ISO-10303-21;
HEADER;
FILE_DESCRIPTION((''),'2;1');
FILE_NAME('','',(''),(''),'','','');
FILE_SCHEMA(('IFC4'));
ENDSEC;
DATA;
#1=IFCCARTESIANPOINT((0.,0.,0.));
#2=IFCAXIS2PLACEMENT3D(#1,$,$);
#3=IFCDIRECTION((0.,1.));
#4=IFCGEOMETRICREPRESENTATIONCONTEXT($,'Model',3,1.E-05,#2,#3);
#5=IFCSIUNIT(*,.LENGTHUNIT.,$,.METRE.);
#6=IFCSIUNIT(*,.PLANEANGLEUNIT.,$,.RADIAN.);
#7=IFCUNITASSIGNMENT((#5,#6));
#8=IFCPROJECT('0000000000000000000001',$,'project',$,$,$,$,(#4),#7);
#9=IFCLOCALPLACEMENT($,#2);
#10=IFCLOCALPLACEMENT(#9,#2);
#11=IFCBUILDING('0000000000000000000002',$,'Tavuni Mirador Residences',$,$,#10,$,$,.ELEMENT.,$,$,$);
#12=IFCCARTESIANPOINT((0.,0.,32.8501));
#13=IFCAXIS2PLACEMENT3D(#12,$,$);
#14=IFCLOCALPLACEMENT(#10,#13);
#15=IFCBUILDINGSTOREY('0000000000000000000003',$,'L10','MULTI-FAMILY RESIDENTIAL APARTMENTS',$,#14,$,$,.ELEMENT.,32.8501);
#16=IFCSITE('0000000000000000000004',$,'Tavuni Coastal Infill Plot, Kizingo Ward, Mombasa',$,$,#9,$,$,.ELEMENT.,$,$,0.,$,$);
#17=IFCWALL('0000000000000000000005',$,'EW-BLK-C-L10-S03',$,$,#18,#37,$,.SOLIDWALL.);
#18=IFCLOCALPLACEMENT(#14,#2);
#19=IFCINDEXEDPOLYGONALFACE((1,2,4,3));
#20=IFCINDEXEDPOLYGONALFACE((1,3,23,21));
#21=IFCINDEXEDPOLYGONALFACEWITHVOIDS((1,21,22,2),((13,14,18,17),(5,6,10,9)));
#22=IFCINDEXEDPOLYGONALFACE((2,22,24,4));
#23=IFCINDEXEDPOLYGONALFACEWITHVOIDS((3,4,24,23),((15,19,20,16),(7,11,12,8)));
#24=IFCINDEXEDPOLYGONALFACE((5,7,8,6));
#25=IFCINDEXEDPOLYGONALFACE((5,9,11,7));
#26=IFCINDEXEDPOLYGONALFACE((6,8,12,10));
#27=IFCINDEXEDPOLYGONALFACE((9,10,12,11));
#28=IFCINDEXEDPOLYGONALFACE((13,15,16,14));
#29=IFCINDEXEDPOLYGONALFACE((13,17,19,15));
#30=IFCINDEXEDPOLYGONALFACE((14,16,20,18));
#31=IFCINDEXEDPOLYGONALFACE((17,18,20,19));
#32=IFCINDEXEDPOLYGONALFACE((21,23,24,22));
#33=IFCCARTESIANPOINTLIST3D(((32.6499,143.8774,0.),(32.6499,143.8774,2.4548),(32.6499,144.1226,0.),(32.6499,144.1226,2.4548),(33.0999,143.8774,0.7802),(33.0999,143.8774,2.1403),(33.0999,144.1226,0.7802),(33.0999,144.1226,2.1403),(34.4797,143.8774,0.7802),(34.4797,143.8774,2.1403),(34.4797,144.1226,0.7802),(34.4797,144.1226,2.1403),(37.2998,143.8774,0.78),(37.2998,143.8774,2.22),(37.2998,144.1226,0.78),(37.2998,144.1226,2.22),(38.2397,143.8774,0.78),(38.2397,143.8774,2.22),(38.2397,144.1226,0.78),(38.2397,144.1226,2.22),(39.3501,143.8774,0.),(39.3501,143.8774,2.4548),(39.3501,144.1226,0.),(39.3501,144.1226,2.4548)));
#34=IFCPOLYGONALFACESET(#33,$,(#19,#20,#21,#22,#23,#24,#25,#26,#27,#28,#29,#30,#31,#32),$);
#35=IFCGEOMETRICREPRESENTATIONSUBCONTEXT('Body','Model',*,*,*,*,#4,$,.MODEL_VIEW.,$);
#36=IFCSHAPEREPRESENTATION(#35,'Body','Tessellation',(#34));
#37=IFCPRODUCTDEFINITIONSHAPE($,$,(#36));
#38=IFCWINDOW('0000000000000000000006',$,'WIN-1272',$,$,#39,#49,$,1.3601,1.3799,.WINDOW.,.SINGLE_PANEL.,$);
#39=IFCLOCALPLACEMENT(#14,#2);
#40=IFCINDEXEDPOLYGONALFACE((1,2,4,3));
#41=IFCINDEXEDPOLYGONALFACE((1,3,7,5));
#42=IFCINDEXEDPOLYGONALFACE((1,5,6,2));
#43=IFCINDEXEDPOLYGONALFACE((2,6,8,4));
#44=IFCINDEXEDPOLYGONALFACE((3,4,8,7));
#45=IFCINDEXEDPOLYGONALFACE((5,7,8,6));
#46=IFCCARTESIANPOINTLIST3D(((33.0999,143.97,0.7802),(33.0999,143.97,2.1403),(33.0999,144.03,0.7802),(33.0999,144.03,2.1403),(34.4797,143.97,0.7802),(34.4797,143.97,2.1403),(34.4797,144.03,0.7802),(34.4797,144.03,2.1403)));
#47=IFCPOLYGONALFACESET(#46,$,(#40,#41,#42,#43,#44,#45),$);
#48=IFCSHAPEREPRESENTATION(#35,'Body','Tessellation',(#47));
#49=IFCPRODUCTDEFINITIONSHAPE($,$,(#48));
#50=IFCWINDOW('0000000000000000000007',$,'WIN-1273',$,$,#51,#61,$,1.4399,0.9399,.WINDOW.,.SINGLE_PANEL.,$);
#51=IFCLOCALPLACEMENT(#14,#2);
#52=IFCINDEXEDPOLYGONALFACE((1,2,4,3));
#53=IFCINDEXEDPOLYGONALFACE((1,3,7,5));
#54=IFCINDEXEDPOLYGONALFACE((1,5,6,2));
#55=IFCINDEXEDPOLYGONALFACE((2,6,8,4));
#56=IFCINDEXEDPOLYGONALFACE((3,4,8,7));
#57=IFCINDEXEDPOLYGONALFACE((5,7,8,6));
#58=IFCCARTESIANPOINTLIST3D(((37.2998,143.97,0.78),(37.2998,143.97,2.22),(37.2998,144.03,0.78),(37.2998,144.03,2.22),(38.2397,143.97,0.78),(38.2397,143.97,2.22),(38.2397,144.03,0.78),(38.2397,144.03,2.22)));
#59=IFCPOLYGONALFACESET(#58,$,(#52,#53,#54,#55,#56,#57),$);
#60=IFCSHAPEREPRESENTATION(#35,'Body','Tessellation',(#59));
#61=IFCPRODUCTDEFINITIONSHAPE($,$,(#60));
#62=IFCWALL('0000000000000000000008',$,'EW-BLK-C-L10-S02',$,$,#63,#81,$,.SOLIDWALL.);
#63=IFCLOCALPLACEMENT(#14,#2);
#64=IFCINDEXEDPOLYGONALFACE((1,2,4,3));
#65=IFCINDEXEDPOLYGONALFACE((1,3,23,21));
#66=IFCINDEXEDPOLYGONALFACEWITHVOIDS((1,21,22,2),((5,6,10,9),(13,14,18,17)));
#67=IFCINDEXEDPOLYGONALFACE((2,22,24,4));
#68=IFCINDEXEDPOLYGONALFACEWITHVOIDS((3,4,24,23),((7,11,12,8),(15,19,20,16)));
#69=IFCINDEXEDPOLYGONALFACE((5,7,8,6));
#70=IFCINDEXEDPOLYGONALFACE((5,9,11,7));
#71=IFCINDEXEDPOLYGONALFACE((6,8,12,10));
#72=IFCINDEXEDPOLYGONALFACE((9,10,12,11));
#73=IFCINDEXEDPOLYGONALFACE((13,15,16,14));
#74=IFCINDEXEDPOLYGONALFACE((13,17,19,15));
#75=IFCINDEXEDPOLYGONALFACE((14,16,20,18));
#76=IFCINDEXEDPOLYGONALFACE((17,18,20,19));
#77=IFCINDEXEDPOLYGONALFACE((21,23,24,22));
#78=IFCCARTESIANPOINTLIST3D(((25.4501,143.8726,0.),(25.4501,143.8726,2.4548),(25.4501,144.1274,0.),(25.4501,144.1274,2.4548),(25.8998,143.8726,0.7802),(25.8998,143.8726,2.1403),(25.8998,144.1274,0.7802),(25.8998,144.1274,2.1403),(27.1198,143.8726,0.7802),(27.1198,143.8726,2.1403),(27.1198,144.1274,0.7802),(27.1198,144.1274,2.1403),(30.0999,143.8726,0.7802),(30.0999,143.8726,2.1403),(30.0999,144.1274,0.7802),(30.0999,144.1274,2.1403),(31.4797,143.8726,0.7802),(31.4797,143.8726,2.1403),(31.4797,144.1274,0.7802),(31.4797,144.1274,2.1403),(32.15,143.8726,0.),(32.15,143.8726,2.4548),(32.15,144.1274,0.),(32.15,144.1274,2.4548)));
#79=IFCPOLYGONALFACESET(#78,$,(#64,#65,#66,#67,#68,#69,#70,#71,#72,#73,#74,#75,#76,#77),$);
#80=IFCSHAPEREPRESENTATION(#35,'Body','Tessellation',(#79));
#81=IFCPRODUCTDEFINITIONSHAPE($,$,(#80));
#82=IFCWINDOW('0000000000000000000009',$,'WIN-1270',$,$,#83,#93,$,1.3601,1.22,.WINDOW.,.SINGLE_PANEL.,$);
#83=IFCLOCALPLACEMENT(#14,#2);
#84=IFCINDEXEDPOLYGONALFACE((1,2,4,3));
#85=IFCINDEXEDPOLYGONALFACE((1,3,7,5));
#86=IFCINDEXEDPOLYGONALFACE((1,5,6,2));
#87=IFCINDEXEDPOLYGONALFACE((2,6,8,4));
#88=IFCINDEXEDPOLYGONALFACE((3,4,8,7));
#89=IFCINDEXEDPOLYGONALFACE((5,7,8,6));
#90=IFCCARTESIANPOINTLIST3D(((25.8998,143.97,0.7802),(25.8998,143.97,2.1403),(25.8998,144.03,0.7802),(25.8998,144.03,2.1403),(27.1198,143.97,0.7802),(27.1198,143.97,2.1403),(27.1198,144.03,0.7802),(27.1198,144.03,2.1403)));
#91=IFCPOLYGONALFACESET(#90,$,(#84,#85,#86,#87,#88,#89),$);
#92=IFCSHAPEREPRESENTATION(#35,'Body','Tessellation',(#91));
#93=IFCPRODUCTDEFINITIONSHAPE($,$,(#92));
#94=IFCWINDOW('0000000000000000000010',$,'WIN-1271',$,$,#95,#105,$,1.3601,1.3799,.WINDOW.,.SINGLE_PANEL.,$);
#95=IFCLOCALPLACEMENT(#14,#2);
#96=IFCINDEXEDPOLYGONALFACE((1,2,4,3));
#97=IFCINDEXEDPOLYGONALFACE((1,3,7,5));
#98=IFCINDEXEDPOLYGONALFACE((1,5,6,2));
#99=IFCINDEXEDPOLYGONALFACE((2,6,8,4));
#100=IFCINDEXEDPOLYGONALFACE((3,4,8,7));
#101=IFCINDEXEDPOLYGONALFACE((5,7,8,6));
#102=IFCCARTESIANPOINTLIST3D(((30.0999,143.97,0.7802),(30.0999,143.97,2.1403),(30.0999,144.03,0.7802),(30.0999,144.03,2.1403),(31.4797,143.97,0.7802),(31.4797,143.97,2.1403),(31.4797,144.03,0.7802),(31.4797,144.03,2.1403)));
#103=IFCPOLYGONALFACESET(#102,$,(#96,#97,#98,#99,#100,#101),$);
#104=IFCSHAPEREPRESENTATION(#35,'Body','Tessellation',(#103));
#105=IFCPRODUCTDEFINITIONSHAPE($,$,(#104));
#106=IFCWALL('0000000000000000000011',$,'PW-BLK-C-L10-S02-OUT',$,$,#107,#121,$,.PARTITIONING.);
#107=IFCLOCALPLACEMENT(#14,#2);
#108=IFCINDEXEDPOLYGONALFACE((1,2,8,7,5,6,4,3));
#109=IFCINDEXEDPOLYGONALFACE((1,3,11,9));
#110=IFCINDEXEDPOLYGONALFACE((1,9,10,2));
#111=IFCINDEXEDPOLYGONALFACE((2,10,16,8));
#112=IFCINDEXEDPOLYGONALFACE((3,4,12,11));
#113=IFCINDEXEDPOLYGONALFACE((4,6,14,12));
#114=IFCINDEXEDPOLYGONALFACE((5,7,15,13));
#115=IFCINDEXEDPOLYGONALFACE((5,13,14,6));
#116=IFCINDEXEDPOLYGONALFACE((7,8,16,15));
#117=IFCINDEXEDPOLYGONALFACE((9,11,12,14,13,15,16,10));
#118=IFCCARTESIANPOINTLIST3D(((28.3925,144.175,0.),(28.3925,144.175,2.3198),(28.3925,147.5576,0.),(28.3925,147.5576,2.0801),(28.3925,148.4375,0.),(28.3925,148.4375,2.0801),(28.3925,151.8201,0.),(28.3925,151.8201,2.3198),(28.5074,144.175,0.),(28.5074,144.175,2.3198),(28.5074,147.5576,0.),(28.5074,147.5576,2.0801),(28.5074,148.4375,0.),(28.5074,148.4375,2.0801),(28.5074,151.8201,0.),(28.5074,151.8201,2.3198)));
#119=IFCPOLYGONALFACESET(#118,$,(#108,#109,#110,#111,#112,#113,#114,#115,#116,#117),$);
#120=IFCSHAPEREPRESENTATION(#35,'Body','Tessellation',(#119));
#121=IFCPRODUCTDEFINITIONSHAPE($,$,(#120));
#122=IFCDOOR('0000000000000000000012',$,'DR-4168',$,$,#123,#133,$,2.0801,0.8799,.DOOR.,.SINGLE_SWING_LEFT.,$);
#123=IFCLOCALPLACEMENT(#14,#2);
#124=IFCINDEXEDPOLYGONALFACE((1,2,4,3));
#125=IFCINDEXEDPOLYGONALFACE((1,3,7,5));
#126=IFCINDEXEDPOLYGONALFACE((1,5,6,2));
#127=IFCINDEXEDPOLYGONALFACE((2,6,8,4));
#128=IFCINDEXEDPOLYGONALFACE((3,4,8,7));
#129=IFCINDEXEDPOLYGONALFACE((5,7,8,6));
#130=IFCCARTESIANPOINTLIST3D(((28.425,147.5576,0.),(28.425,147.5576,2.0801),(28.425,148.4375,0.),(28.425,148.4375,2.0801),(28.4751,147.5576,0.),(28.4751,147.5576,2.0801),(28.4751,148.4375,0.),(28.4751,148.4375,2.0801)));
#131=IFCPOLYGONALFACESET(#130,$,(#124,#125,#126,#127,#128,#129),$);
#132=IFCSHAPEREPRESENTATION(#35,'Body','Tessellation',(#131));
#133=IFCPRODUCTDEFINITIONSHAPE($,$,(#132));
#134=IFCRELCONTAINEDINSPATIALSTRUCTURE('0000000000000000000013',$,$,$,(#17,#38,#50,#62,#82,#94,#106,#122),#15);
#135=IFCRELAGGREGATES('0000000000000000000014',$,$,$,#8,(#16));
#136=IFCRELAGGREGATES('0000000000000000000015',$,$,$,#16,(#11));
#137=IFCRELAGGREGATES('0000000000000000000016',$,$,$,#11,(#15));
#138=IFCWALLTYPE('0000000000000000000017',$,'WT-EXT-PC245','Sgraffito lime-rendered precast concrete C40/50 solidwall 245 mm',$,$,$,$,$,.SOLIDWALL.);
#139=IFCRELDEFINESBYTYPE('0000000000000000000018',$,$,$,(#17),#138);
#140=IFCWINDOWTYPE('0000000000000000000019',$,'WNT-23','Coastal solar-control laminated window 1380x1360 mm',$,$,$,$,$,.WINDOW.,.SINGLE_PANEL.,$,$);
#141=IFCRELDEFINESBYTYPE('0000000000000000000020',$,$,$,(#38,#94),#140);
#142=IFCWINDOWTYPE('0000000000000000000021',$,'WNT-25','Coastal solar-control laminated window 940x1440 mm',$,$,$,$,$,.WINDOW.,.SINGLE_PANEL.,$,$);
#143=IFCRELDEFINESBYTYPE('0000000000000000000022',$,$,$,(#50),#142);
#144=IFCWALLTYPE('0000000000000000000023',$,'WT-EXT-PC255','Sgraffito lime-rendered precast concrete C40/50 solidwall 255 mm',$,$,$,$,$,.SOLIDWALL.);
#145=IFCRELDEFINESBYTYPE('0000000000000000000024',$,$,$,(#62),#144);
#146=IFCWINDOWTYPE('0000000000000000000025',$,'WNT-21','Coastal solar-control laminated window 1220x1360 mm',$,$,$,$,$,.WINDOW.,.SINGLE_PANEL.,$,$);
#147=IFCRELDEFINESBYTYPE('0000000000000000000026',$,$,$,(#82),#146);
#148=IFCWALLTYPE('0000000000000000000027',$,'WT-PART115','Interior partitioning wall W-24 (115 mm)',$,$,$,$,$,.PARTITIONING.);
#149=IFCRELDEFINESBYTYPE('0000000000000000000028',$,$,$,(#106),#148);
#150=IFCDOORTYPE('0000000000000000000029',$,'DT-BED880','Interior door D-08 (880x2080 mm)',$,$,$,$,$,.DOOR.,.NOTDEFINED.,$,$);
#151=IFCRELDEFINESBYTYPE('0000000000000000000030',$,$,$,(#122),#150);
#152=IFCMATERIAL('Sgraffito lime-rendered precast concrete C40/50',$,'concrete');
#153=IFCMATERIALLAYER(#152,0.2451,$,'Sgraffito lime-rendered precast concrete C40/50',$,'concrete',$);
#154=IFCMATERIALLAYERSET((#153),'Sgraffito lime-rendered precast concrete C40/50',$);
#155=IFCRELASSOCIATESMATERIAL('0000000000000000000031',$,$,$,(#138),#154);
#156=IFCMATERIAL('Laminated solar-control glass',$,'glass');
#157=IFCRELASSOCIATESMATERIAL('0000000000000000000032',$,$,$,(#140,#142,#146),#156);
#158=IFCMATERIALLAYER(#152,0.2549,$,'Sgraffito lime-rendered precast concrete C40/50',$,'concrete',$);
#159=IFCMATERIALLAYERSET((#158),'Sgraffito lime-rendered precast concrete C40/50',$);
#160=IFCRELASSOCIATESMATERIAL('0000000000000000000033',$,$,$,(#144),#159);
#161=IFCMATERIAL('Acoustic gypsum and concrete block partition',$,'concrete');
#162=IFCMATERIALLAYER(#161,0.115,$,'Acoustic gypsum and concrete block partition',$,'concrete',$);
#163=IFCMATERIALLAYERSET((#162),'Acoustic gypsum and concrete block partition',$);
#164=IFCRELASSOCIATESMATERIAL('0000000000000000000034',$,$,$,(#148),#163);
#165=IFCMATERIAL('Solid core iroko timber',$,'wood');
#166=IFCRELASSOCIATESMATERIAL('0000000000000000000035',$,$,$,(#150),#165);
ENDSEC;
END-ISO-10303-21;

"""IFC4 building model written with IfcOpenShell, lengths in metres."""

from ifc_helpers import new_model, si_unit, direction, frame, frame_2d, origin, place, context, subcontext, project, spatial, rectangle, extrude, material, layer, layer_set, type_object, element, fill, save


model = new_model("IFC4")

# Units and contexts
model_context = context("Model", 3, precision=1e-05, world=origin(), true_north=direction((0.0, 1.0)))
body_context = subcontext(model_context, "Body", "Model", "MODEL_VIEW")
ifc_project = project(units=[si_unit("LENGTHUNIT", "METRE"), si_unit("PLANEANGLEUNIT", "RADIAN")], contexts=[model_context])

# Site, building, storey
site_placement = place(None, origin())
site = spatial("IfcSite", under=ifc_project, at=site_placement, Name="Tavuni Coastal Infill Plot, Kizingo Ward, Mombasa", CompositionType="ELEMENT", RefElevation=0.0)
building_placement = place(site_placement, origin())
building = spatial("IfcBuilding", under=site, at=building_placement, Name="Tavuni Mirador Residences", CompositionType="ELEMENT")
storey_placement = place(building_placement, frame((0.0, 0.0, 32.8501)))
storey = spatial("IfcBuildingStorey", under=building, at=storey_placement, Name="L10", Description="MULTI-FAMILY RESIDENTIAL APARTMENTS", CompositionType="ELEMENT", Elevation=32.8501)

# Walls, openings, windows
ifc_material_1 = material(Name="Sgraffito lime-rendered precast concrete C40/50", Category="concrete")
ifc_layer_1 = layer(ifc_material_1, 0.2451, Name="Sgraffito lime-rendered precast concrete C40/50", Category="concrete")
ifc_layer_set_1 = layer_set([ifc_layer_1], Name="Sgraffito lime-rendered precast concrete C40/50")
wall_type_1 = type_object("IfcWallType", Name="WT-EXT-PC245", Description="Sgraffito lime-rendered precast concrete C40/50 solidwall 245 mm", PredefinedType="SOLIDWALL", material=ifc_layer_set_1)
wall_1_placement = place(storey_placement, frame((32.6499, 144.0, 0.0), z_axis=(0.0, 0.0, 1.0), x_axis=(1.0, 0.0, 0.0)))
wall_1 = element("IfcWall", 1, at=wall_1_placement, inside=storey, type_object=wall_type_1, Name="EW-BLK-C-L10-S03", PredefinedType="SOLIDWALL", context=body_context, shape_type="SweptSolid", body=[
    extrude(rectangle(XDim=6.7002, YDim=0.2451, at=frame_2d((3.3501, 0.0))), origin(), (0.0, 0.0, 1.0), 2.4548),
])
opening_1_placement = place(wall_1_placement, frame((0.45, 0.0, 0.78)))
opening_1 = element("IfcOpeningElement", 2, at=opening_1_placement, cuts=wall_1, PredefinedType="OPENING", context=body_context, shape_type="SweptSolid", body=[
    extrude(rectangle(XDim=1.3799, YDim=1.3601, at=frame_2d((0.6899, 0.6802))), frame((0.0, 0.1326, 0.0), z_axis=(0.0, -1.0, 0.0), x_axis=(1.0, 0.0, 0.0)), (0.0, 0.0, 1.0), 0.2651),
])
opening_2_placement = place(wall_1_placement, frame((4.6499, 0.0, 0.78)))
opening_2 = element("IfcOpeningElement", 3, at=opening_2_placement, cuts=wall_1, PredefinedType="OPENING", context=body_context, shape_type="SweptSolid", body=[
    extrude(rectangle(XDim=0.9399, YDim=1.4399, at=frame_2d((0.47, 0.72))), frame((0.0, 0.1326, 0.0), z_axis=(0.0, -1.0, 0.0), x_axis=(1.0, 0.0, 0.0)), (0.0, 0.0, 1.0), 0.2651),
])
ifc_material_2 = material(Name="Laminated solar-control glass", Category="glass")
window_type_1 = type_object("IfcWindowType", Name="WNT-23", Description="Coastal solar-control laminated window 1380x1360 mm", PartitioningType="SINGLE_PANEL", PredefinedType="WINDOW", material=ifc_material_2)
window_1_placement = place(opening_1_placement, origin())
window_1 = element("IfcWindow", 4, at=window_1_placement, inside=storey, type_object=window_type_1, Name="WIN-1272", OverallHeight=1.3601, OverallWidth=1.3799, PartitioningType="SINGLE_PANEL", PredefinedType="WINDOW", context=body_context, shape_type="SweptSolid", body=[
    extrude(rectangle(XDim=1.3799, YDim=1.3601, at=frame_2d((0.6899, 0.6802))), frame((0.0, 0.03, 0.0), z_axis=(0.0, -1.0, 0.0), x_axis=(1.0, 0.0, 0.0)), (0.0, 0.0, 1.0), 0.0601),
])
fill(opening_1, window_1)
window_type_2 = type_object("IfcWindowType", Name="WNT-25", Description="Coastal solar-control laminated window 940x1440 mm", PartitioningType="SINGLE_PANEL", PredefinedType="WINDOW", material=ifc_material_2)
window_2_placement = place(opening_2_placement, origin())
window_2 = element("IfcWindow", 5, at=window_2_placement, inside=storey, type_object=window_type_2, Name="WIN-1273", OverallHeight=1.4399, OverallWidth=0.9399, PartitioningType="SINGLE_PANEL", PredefinedType="WINDOW", context=body_context, shape_type="SweptSolid", body=[
    extrude(rectangle(XDim=0.9399, YDim=1.4399, at=frame_2d((0.47, 0.72))), frame((0.0, 0.03, 0.0), z_axis=(0.0, -1.0, 0.0), x_axis=(1.0, 0.0, 0.0)), (0.0, 0.0, 1.0), 0.0601),
])
fill(opening_2, window_2)
ifc_layer_2 = layer(ifc_material_1, 0.2549, Name="Sgraffito lime-rendered precast concrete C40/50", Category="concrete")
ifc_layer_set_2 = layer_set([ifc_layer_2], Name="Sgraffito lime-rendered precast concrete C40/50")
wall_type_2 = type_object("IfcWallType", Name="WT-EXT-PC255", Description="Sgraffito lime-rendered precast concrete C40/50 solidwall 255 mm", PredefinedType="SOLIDWALL", material=ifc_layer_set_2)
wall_2_placement = place(storey_placement, frame((25.45, 144.0, 0.0), z_axis=(0.0, 0.0, 1.0), x_axis=(1.0, 0.0, 0.0)))
wall_2 = element("IfcWall", 6, at=wall_2_placement, inside=storey, type_object=wall_type_2, Name="EW-BLK-C-L10-S02", PredefinedType="SOLIDWALL", context=body_context, shape_type="SweptSolid", body=[
    extrude(rectangle(XDim=6.7, YDim=0.2549, at=frame_2d((3.3501, 0.0))), origin(), (0.0, 0.0, 1.0), 2.4548),
])
opening_3_placement = place(wall_2_placement, frame((0.45, 0.0, 0.78)))
opening_3 = element("IfcOpeningElement", 7, at=opening_3_placement, cuts=wall_2, PredefinedType="OPENING", context=body_context, shape_type="SweptSolid", body=[
    extrude(rectangle(XDim=1.22, YDim=1.3601, at=frame_2d((0.6099, 0.6802))), frame((0.0, 0.1375, 0.0), z_axis=(0.0, -1.0, 0.0), x_axis=(1.0, 0.0, 0.0)), (0.0, 0.0, 1.0), 0.2749),
])
opening_4_placement = place(wall_2_placement, frame((4.6499, 0.0, 0.78)))
opening_4 = element("IfcOpeningElement", 8, at=opening_4_placement, cuts=wall_2, PredefinedType="OPENING", context=body_context, shape_type="SweptSolid", body=[
    extrude(rectangle(XDim=1.3799, YDim=1.3601, at=frame_2d((0.6899, 0.6802))), frame((0.0, 0.1375, 0.0), z_axis=(0.0, -1.0, 0.0), x_axis=(1.0, 0.0, 0.0)), (0.0, 0.0, 1.0), 0.2749),
])
window_type_3 = type_object("IfcWindowType", Name="WNT-21", Description="Coastal solar-control laminated window 1220x1360 mm", PartitioningType="SINGLE_PANEL", PredefinedType="WINDOW", material=ifc_material_2)
window_3_placement = place(opening_3_placement, origin())
window_3 = element("IfcWindow", 9, at=window_3_placement, inside=storey, type_object=window_type_3, Name="WIN-1270", OverallHeight=1.3601, OverallWidth=1.22, PartitioningType="SINGLE_PANEL", PredefinedType="WINDOW", context=body_context, shape_type="SweptSolid", body=[
    extrude(rectangle(XDim=1.22, YDim=1.3601, at=frame_2d((0.6099, 0.6802))), frame((0.0, 0.03, 0.0), z_axis=(0.0, -1.0, 0.0), x_axis=(1.0, 0.0, 0.0)), (0.0, 0.0, 1.0), 0.0601),
])
fill(opening_3, window_3)
window_4_placement = place(opening_4_placement, origin())
window_4 = element("IfcWindow", 10, at=window_4_placement, inside=storey, type_object=window_type_1, Name="WIN-1271", OverallHeight=1.3601, OverallWidth=1.3799, PartitioningType="SINGLE_PANEL", PredefinedType="WINDOW", context=body_context, shape_type="SweptSolid", body=[
    extrude(rectangle(XDim=1.3799, YDim=1.3601, at=frame_2d((0.6899, 0.6802))), frame((0.0, 0.03, 0.0), z_axis=(0.0, -1.0, 0.0), x_axis=(1.0, 0.0, 0.0)), (0.0, 0.0, 1.0), 0.0601),
])
fill(opening_4, window_4)

# Wall, opening, door
ifc_material_3 = material(Name="Acoustic gypsum and concrete block partition", Category="concrete")
ifc_layer_3 = layer(ifc_material_3, 0.115, Name="Acoustic gypsum and concrete block partition", Category="concrete")
ifc_layer_set_3 = layer_set([ifc_layer_3], Name="Acoustic gypsum and concrete block partition")
wall_type_3 = type_object("IfcWallType", Name="WT-PART115", Description="Interior partitioning wall W-24 (115 mm)", PredefinedType="PARTITIONING", material=ifc_layer_set_3)
wall_3_placement = place(storey_placement, frame((28.45, 144.175, 0.0), z_axis=(0.0, 0.0, 1.0), x_axis=(0.0, 1.0, 0.0)))
wall_3 = element("IfcWall", 11, at=wall_3_placement, inside=storey, type_object=wall_type_3, Name="PW-BLK-C-L10-S02-OUT", PredefinedType="PARTITIONING", context=body_context, shape_type="SweptSolid", body=[
    extrude(rectangle(XDim=7.645, YDim=0.115, at=frame_2d((3.8225, 0.0))), origin(), (0.0, 0.0, 1.0), 2.3198),
])
opening_5_placement = place(wall_3_placement, frame((3.3826, 0.0, 0.0)))
opening_5 = element("IfcOpeningElement", 12, at=opening_5_placement, cuts=wall_3, PredefinedType="OPENING", context=body_context, shape_type="SweptSolid", body=[
    extrude(rectangle(XDim=0.8799, YDim=2.0801, at=frame_2d((0.4399, 1.04))), frame((0.0, 0.0674, 0.0), z_axis=(0.0, -1.0, 0.0), x_axis=(1.0, 0.0, 0.0)), (0.0, 0.0, 1.0), 0.135),
])
ifc_material_4 = material(Name="Solid core iroko timber", Category="wood")
door_type_1 = type_object("IfcDoorType", Name="DT-BED880", Description="Interior door D-08 (880x2080 mm)", OperationType="NOTDEFINED", PredefinedType="DOOR", material=ifc_material_4)
door_1_placement = place(opening_5_placement, origin())
door_1 = element("IfcDoor", 13, at=door_1_placement, inside=storey, type_object=door_type_1, Name="DR-4168", OperationType="SINGLE_SWING_LEFT", OverallHeight=2.0801, OverallWidth=0.8799, PredefinedType="DOOR", context=body_context, shape_type="SweptSolid", body=[
    extrude(rectangle(XDim=0.8799, YDim=2.0801, at=frame_2d((0.4399, 1.04))), frame((0.0, 0.0249, 0.0), z_axis=(0.0, -1.0, 0.0), x_axis=(1.0, 0.0, 0.0)), (0.0, 0.0, 1.0), 0.05),
])
fill(opening_5, door_1)

save(model, "model.ifc")
